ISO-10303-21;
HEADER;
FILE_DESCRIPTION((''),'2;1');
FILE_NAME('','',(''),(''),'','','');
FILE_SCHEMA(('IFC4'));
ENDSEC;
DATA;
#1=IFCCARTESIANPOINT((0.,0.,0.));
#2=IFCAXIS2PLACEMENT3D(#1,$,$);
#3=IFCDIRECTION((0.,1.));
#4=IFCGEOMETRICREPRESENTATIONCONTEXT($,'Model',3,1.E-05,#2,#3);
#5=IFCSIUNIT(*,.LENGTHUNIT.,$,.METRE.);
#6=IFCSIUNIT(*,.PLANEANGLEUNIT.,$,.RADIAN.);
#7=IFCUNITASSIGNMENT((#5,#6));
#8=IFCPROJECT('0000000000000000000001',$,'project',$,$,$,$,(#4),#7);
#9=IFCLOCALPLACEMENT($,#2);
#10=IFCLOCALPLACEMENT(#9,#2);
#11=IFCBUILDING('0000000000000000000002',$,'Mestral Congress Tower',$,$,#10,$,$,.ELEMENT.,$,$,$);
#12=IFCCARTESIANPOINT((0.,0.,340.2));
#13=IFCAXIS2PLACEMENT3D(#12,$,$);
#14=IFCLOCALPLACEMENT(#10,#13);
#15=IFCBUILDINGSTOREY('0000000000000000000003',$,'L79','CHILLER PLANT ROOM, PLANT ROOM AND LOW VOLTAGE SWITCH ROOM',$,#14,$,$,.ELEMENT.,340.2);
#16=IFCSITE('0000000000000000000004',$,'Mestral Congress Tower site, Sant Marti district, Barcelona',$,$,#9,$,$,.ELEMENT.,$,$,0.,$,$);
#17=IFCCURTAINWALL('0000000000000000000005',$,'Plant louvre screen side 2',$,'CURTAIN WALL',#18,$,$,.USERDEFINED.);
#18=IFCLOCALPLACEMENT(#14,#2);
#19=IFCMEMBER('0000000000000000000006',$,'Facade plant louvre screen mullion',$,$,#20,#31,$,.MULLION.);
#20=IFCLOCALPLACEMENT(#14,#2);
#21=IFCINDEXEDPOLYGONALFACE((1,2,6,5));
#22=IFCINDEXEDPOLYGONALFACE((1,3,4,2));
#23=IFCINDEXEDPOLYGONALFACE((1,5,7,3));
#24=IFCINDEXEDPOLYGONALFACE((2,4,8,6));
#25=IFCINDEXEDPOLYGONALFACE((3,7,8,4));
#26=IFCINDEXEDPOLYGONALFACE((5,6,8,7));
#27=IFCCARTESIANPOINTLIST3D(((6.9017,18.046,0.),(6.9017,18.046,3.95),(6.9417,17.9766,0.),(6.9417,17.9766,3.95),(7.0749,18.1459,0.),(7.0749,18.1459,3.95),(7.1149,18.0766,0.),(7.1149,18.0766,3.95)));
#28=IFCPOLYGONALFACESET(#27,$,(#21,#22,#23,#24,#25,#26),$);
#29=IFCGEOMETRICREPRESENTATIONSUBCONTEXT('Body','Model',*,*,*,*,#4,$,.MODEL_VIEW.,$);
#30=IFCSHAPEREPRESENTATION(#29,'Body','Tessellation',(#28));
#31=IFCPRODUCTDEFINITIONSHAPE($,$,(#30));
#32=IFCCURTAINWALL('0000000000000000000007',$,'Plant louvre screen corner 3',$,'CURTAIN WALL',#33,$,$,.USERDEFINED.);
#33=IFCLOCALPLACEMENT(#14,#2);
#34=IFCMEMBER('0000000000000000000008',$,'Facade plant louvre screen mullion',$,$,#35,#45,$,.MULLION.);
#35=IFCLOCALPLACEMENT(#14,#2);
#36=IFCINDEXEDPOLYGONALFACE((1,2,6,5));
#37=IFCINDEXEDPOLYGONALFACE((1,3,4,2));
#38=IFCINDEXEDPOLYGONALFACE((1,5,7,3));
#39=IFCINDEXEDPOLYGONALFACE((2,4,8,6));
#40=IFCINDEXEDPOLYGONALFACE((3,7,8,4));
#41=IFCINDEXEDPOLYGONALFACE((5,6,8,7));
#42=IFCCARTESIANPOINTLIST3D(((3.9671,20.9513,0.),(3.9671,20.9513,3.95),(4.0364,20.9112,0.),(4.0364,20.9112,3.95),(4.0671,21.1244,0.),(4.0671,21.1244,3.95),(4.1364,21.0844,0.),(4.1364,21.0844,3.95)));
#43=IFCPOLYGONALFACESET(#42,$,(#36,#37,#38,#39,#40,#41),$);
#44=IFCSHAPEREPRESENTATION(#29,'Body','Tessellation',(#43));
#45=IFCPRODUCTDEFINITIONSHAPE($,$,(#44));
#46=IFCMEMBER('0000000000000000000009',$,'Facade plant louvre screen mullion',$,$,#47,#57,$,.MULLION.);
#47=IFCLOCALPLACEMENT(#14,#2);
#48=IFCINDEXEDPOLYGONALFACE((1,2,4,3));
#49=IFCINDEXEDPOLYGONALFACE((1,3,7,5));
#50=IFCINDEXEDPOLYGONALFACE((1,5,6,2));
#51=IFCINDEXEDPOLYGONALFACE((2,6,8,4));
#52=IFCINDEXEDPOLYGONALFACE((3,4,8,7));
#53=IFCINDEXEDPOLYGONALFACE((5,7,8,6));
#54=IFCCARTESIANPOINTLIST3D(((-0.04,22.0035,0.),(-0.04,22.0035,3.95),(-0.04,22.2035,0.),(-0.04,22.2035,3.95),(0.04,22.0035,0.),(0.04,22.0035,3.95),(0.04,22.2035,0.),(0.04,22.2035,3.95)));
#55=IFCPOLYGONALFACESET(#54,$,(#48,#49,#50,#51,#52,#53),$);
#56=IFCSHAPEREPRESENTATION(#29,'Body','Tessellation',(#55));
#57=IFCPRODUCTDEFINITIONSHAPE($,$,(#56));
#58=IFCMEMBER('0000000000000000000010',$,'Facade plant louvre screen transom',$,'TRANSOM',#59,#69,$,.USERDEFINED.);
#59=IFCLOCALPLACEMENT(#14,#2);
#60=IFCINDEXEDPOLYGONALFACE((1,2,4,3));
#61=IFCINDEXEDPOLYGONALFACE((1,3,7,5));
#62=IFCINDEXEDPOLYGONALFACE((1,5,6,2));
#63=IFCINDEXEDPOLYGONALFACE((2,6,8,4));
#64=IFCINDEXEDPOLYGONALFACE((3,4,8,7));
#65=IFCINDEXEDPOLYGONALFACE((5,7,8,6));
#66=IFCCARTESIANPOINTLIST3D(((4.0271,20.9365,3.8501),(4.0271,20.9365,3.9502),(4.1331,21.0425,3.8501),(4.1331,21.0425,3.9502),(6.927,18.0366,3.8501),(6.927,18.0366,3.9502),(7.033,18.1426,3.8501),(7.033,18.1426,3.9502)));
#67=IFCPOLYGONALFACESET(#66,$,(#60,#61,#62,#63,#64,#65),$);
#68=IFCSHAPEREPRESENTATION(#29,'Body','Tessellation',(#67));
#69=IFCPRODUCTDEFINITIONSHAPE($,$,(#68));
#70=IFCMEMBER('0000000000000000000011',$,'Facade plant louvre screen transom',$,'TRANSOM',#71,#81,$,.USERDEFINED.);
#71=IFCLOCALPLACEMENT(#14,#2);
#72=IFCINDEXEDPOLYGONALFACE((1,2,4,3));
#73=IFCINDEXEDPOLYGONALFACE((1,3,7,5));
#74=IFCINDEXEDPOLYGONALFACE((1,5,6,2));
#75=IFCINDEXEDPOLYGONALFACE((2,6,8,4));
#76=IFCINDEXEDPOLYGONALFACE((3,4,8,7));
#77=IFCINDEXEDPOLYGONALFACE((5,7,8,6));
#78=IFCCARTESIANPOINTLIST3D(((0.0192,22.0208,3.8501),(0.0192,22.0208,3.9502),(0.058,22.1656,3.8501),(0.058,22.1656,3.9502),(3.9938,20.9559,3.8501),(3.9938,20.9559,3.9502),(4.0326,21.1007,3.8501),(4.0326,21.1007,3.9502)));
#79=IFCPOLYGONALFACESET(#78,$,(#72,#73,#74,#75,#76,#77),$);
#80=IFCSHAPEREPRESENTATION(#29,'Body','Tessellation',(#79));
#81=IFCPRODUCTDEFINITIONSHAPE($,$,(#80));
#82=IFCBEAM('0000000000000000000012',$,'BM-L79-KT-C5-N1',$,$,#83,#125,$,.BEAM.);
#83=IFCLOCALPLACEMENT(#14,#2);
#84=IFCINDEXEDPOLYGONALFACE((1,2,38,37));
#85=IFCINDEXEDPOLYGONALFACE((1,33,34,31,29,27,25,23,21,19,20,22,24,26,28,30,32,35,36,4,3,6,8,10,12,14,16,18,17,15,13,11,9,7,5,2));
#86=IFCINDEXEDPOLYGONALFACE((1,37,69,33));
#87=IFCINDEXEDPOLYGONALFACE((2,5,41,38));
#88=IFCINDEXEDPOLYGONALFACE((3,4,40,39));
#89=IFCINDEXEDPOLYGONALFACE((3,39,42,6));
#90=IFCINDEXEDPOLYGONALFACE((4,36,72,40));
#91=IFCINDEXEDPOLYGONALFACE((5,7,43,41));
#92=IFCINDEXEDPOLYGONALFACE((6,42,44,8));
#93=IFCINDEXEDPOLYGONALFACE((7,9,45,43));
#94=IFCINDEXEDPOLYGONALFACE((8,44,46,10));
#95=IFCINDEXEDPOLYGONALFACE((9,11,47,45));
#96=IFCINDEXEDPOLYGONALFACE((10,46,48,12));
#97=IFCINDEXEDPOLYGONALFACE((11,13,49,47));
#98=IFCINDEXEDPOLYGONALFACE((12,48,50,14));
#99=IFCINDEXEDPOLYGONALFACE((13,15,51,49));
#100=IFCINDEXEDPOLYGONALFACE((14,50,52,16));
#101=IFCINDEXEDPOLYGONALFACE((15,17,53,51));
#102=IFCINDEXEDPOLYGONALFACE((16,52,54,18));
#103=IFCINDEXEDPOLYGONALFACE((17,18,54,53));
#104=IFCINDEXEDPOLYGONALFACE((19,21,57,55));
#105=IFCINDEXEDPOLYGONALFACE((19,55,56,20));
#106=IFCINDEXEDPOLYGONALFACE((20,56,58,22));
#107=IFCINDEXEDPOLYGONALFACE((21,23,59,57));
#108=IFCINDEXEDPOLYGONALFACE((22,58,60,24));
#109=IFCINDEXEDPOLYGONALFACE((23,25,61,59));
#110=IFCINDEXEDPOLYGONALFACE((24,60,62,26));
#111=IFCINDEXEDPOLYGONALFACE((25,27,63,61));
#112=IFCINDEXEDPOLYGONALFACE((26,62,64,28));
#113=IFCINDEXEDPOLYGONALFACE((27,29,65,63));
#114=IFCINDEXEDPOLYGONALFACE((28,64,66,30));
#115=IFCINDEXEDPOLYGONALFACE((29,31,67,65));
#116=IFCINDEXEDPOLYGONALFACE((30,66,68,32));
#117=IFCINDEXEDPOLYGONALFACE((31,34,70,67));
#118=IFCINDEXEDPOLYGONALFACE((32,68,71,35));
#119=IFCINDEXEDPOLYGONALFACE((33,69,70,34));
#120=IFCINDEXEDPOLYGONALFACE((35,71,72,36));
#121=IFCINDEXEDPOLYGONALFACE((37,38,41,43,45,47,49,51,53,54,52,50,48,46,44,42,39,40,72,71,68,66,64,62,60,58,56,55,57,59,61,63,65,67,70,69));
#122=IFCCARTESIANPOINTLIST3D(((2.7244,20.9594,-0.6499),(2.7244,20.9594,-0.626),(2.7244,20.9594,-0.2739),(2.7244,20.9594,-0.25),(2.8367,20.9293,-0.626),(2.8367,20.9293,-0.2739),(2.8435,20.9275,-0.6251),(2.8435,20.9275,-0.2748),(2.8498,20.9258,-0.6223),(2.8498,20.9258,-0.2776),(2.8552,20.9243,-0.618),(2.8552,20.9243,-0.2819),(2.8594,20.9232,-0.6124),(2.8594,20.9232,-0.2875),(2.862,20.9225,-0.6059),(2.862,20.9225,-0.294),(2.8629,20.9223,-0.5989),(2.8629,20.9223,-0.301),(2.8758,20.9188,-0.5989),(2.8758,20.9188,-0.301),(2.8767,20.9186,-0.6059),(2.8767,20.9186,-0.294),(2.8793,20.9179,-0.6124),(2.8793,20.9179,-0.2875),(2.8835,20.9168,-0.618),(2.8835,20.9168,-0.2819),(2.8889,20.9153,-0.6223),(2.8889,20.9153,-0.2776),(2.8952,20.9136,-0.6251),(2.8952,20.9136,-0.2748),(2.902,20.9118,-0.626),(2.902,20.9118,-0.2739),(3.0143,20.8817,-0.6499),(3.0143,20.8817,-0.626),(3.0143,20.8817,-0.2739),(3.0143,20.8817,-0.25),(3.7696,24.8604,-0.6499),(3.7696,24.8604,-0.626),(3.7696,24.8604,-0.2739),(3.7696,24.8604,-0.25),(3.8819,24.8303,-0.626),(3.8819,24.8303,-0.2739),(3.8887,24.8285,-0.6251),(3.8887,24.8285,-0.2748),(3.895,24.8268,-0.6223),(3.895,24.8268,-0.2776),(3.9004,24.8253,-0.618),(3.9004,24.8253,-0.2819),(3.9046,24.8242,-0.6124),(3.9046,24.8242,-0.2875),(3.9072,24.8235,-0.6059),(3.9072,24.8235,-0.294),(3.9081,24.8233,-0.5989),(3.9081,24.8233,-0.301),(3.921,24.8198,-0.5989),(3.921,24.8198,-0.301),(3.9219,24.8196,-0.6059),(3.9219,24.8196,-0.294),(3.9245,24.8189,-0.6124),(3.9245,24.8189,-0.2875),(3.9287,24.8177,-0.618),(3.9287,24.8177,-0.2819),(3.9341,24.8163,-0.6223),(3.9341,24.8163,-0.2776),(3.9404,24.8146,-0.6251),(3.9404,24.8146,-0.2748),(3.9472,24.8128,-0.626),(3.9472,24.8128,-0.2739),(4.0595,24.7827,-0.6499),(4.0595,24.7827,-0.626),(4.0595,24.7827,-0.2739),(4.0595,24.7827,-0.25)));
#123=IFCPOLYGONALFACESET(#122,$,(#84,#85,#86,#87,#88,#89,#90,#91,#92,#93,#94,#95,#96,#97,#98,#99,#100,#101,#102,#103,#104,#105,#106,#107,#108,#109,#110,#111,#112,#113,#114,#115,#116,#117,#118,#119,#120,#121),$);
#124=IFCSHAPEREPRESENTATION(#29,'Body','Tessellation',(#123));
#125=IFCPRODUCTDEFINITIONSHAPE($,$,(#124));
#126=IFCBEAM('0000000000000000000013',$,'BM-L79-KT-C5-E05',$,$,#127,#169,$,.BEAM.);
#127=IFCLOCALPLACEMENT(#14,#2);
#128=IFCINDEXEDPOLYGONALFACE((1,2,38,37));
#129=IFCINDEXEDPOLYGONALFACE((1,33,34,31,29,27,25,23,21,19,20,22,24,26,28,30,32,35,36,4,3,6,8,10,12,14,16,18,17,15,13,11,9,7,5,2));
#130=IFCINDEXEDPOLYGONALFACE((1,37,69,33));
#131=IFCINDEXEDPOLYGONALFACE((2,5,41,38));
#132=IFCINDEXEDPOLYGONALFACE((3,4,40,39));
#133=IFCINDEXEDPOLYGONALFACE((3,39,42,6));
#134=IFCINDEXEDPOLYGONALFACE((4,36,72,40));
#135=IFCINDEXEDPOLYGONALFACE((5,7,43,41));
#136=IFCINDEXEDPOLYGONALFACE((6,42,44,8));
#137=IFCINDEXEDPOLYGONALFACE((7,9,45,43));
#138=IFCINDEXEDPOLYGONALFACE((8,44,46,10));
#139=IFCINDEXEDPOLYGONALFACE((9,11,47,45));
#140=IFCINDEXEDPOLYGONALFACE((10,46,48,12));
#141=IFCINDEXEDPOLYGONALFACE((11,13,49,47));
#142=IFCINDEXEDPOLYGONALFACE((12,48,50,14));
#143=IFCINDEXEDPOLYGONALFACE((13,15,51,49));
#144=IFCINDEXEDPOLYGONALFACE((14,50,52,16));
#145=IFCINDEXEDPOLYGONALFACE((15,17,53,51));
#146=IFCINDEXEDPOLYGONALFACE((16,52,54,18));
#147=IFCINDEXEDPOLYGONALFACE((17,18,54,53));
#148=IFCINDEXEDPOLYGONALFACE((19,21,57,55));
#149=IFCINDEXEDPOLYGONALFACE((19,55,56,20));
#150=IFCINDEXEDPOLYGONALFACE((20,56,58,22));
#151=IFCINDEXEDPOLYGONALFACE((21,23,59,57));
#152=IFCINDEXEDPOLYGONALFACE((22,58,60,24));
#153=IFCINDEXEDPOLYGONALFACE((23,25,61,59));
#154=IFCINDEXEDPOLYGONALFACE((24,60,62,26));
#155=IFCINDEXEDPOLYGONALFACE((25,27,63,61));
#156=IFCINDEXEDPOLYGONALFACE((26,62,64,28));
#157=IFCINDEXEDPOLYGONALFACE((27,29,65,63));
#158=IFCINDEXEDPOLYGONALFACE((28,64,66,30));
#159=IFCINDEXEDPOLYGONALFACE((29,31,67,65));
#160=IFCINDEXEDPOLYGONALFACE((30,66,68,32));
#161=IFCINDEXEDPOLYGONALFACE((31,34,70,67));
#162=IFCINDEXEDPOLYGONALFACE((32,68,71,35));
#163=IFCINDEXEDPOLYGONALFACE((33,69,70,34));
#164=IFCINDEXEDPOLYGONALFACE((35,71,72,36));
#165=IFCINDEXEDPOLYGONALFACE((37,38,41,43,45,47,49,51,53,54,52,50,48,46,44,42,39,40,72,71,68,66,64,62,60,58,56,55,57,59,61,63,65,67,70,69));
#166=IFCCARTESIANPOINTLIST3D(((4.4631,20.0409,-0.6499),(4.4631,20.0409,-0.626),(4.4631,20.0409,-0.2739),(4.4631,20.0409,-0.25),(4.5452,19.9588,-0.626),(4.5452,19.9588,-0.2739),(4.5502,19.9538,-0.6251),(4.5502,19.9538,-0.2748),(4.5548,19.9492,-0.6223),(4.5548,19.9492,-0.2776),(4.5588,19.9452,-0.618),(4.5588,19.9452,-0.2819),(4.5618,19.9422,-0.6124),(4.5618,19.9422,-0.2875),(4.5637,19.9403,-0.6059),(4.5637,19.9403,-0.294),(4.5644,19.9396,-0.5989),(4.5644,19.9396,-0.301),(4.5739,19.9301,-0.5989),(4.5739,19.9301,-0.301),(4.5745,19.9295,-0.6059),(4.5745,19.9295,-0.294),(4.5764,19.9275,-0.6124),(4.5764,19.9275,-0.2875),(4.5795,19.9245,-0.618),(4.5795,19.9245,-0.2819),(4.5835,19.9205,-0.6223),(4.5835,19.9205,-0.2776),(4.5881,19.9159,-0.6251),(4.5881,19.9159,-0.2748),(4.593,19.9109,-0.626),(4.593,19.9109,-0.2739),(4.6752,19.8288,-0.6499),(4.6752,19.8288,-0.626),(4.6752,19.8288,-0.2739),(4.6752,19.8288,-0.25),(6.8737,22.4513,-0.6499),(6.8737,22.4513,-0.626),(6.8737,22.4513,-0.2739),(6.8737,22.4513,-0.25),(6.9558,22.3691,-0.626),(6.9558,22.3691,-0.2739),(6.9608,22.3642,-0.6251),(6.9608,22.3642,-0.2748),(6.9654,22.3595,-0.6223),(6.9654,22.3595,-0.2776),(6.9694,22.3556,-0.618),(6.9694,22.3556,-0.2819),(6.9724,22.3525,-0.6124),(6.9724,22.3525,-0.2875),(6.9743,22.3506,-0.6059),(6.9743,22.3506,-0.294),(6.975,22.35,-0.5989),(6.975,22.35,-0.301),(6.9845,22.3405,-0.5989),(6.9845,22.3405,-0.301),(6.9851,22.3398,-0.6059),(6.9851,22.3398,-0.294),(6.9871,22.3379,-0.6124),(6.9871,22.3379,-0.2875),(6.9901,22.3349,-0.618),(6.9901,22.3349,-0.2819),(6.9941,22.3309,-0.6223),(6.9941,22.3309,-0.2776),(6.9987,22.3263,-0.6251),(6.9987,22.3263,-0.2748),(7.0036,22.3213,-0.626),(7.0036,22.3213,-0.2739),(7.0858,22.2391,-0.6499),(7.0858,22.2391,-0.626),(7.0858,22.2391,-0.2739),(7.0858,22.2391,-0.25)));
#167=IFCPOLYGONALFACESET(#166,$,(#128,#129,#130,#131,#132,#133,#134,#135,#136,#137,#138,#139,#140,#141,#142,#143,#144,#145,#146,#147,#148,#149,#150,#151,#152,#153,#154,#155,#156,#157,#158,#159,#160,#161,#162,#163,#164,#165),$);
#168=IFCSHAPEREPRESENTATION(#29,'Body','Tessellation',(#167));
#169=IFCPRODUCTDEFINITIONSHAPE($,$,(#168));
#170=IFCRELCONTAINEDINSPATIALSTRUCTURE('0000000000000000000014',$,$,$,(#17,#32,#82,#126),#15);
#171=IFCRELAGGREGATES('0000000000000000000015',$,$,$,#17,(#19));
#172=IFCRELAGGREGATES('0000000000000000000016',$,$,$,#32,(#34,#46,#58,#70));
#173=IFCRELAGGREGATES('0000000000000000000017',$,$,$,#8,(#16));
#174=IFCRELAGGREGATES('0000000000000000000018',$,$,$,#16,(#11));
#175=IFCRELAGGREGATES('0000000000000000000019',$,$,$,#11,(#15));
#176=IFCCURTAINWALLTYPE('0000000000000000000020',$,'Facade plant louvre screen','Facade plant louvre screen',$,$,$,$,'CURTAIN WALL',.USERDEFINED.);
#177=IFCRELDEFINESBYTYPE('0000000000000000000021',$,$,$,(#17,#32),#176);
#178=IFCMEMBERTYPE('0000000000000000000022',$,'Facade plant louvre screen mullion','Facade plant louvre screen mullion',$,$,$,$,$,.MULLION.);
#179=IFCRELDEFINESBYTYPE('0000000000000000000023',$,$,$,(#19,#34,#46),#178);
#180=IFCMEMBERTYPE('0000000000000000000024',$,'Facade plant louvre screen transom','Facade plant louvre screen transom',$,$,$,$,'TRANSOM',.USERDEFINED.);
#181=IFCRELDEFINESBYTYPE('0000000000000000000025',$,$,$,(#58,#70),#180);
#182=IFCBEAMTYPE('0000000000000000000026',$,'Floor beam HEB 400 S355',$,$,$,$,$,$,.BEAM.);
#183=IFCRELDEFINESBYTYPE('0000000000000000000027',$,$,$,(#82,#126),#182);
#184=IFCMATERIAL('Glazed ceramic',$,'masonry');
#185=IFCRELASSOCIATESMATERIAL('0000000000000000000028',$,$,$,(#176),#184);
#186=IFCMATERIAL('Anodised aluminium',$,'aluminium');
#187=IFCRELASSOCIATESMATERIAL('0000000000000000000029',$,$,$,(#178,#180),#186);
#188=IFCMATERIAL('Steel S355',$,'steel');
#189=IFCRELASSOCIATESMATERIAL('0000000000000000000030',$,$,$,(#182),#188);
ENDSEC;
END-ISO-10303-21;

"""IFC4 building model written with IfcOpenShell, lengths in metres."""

from ifc_helpers import new_model, si_unit, direction, frame, origin, origin_2d, place, context, subcontext, project, spatial, rectangle, i_section, extrude, material, material_profile, profile_set, type_object, element, aggregate, save


model = new_model("IFC4")

# Units and contexts
model_context = context("Model", 3, precision=1e-05, world=origin(), true_north=direction((0.0, 1.0)))
body_context = subcontext(model_context, "Body", "Model", "MODEL_VIEW")
ifc_project = project(units=[si_unit("LENGTHUNIT", "METRE"), si_unit("PLANEANGLEUNIT", "RADIAN")], contexts=[model_context])

# Site, building, storey
site_placement = place(None, origin())
site = spatial("IfcSite", under=ifc_project, at=site_placement, Name="Mestral Congress Tower site, Sant Marti district, Barcelona", CompositionType="ELEMENT", RefElevation=0.0)
building_placement = place(site_placement, origin())
building = spatial("IfcBuilding", under=site, at=building_placement, Name="Mestral Congress Tower", CompositionType="ELEMENT")
storey_placement = place(building_placement, frame((0.0, 0.0, 340.2)))
storey = spatial("IfcBuildingStorey", under=building, at=storey_placement, Name="L79", Description="CHILLER PLANT ROOM, PLANT ROOM AND LOW VOLTAGE SWITCH ROOM", CompositionType="ELEMENT", Elevation=340.2)

# Shared definitions
ifc_material_1 = material(Name="Steel S355", Category="steel")

# Curtain wall, member
ifc_material_2 = material(Name="Glazed ceramic", Category="masonry")
curtain_wall_type = type_object("IfcCurtainWallType", Name="Facade plant louvre screen", Description="Facade plant louvre screen", ElementType="CURTAIN WALL", PredefinedType="USERDEFINED", material=ifc_material_2)
placement = place(storey_placement, origin())
curtain_wall_1 = element("IfcCurtainWall", 1, at=placement, inside=storey, type_object=curtain_wall_type, Name="Plant louvre screen side 2", ObjectType="CURTAIN WALL", PredefinedType="USERDEFINED")
ifc_material_3 = material(Name="Anodised aluminium", Category="aluminium")
ifc_material_profile_1 = material_profile(ifc_material_3, rectangle(XDim=0.2, YDim=0.0801, at=origin_2d()), Name="CW6 mullion 200 x 80")
ifc_profile_set_1 = profile_set([ifc_material_profile_1], Name="Anodised aluminium")
member_type_1 = type_object("IfcMemberType", Name="Facade plant louvre screen mullion", Description="Facade plant louvre screen mullion", PredefinedType="MULLION", material=ifc_profile_set_1)
member_1_placement = place(storey_placement, frame((7.0083, 18.0613, 0.0), z_axis=(0.0, 0.0, 1.0), x_axis=(0.866025, 0.500002, 0.0)))
member_1 = element("IfcMember", 2, at=member_1_placement, type_object=member_type_1, Name="Facade plant louvre screen mullion", PredefinedType="MULLION", context=body_context, shape_type="SweptSolid", body=[
    extrude(rectangle(XDim=0.2, YDim=0.0801, at=origin_2d()), origin(), (0.0, 0.0, 1.0), 3.95),
])

# Curtain wall, members
curtain_wall_2 = element("IfcCurtainWall", 3, at=placement, inside=storey, type_object=curtain_wall_type, Name="Plant louvre screen corner 3", ObjectType="CURTAIN WALL", PredefinedType="USERDEFINED")
member_2_placement = place(storey_placement, frame((4.0518, 21.0178, 0.0), z_axis=(0.0, 0.0, 1.0), x_axis=(0.5, 0.866025, 0.0)))
member_2 = element("IfcMember", 4, at=member_2_placement, type_object=member_type_1, Name="Facade plant louvre screen mullion", PredefinedType="MULLION", context=body_context, shape_type="SweptSolid", body=[
    extrude(rectangle(XDim=0.2, YDim=0.0801, at=origin_2d()), origin(), (0.0, 0.0, 1.0), 3.95),
])
member_3_placement = place(storey_placement, frame((0.0, 22.1035, 0.0), z_axis=(0.0, 0.0, 1.0), x_axis=(0.0, 1.0, 0.0)))
member_3 = element("IfcMember", 5, at=member_3_placement, type_object=member_type_1, Name="Facade plant louvre screen mullion", PredefinedType="MULLION", context=body_context, shape_type="SweptSolid", body=[
    extrude(rectangle(XDim=0.2, YDim=0.0801, at=origin_2d()), origin(), (0.0, 0.0, 1.0), 3.95),
])
ifc_material_profile_2 = material_profile(ifc_material_3, rectangle(XDim=0.1499, YDim=0.1001, at=origin_2d()), Name="CW6 transom 150 x 100")
ifc_profile_set_2 = profile_set([ifc_material_profile_2], Name="Anodised aluminium")
member_type_2 = type_object("IfcMemberType", Name="Facade plant louvre screen transom", Description="Facade plant louvre screen transom", ElementType="TRANSOM", PredefinedType="USERDEFINED", material=ifc_profile_set_2)
member_4_placement = place(storey_placement, frame((6.98, 18.0896, 3.9001), z_axis=(-0.707107, 0.707107, 0.0), x_axis=(-0.707107, -0.707107, 0.0)))
member_4 = element("IfcMember", 6, at=member_4_placement, type_object=member_type_2, Name="Facade plant louvre screen transom", ObjectType="TRANSOM", PredefinedType="USERDEFINED", context=body_context, shape_type="SweptSolid", body=[
    extrude(rectangle(XDim=0.1499, YDim=0.1001, at=origin_2d()), origin(), (0.0, 0.0, 1.0), 4.1011),
])
member_5_placement = place(storey_placement, frame((4.0132, 21.0283, 3.9001), z_axis=(-0.965929, 0.258807, 0.0), x_axis=(-0.258807, -0.965929, 0.0)))
member_5 = element("IfcMember", 7, at=member_5_placement, type_object=member_type_2, Name="Facade plant louvre screen transom", ObjectType="TRANSOM", PredefinedType="USERDEFINED", context=body_context, shape_type="SweptSolid", body=[
    extrude(rectangle(XDim=0.1499, YDim=0.1001, at=origin_2d()), origin(), (0.0, 0.0, 1.0), 4.1147),
])

# Beams
ifc_material_profile_3 = material_profile(ifc_material_1, i_section(OverallWidth=0.3, OverallDepth=0.3999, WebThickness=0.0134, FlangeThickness=0.0239, FilletRadius=0.0271, at=origin_2d()), Name="HEB 400")
ifc_profile_set_3 = profile_set([ifc_material_profile_3], Name="Steel S355")
beam_type_1 = type_object("IfcBeamType", Name="Floor beam HEB 400 S355", PredefinedType="BEAM", material=ifc_profile_set_3)
beam_1_placement = place(storey_placement, frame((3.9146, 24.8215, -0.45), z_axis=(-0.258803, -0.96593, 0.0), x_axis=(0.96593, -0.258803, 0.0)))
element("IfcBeam", 8, at=beam_1_placement, inside=storey, type_object=beam_type_1, Name="BM-L79-KT-C5-N1", PredefinedType="BEAM", context=body_context, shape_type="SweptSolid", body=[
    extrude(i_section(OverallWidth=0.3, OverallDepth=0.3999, WebThickness=0.0134, FlangeThickness=0.0239, FilletRadius=0.0271, at=origin_2d()), origin(), (0.0, 0.0, 1.0), 4.0386),
])
beam_2_placement = place(storey_placement, frame((6.9797, 22.3452, -0.45), z_axis=(-0.707143, -0.707071, 0.0), x_axis=(0.707071, -0.707143, 0.0)))
element("IfcBeam", 9, at=beam_2_placement, inside=storey, type_object=beam_type_1, Name="BM-L79-KT-C5-E05", PredefinedType="BEAM", context=body_context, shape_type="SweptSolid", body=[
    extrude(i_section(OverallWidth=0.3, OverallDepth=0.3999, WebThickness=0.0134, FlangeThickness=0.0239, FilletRadius=0.0271, at=origin_2d()), origin(), (0.0, 0.0, 1.0), 3.4089),
])

aggregate(curtain_wall_1, [member_1])
aggregate(curtain_wall_2, [member_2, member_3, member_4, member_5])

save(model, "model.ifc")
